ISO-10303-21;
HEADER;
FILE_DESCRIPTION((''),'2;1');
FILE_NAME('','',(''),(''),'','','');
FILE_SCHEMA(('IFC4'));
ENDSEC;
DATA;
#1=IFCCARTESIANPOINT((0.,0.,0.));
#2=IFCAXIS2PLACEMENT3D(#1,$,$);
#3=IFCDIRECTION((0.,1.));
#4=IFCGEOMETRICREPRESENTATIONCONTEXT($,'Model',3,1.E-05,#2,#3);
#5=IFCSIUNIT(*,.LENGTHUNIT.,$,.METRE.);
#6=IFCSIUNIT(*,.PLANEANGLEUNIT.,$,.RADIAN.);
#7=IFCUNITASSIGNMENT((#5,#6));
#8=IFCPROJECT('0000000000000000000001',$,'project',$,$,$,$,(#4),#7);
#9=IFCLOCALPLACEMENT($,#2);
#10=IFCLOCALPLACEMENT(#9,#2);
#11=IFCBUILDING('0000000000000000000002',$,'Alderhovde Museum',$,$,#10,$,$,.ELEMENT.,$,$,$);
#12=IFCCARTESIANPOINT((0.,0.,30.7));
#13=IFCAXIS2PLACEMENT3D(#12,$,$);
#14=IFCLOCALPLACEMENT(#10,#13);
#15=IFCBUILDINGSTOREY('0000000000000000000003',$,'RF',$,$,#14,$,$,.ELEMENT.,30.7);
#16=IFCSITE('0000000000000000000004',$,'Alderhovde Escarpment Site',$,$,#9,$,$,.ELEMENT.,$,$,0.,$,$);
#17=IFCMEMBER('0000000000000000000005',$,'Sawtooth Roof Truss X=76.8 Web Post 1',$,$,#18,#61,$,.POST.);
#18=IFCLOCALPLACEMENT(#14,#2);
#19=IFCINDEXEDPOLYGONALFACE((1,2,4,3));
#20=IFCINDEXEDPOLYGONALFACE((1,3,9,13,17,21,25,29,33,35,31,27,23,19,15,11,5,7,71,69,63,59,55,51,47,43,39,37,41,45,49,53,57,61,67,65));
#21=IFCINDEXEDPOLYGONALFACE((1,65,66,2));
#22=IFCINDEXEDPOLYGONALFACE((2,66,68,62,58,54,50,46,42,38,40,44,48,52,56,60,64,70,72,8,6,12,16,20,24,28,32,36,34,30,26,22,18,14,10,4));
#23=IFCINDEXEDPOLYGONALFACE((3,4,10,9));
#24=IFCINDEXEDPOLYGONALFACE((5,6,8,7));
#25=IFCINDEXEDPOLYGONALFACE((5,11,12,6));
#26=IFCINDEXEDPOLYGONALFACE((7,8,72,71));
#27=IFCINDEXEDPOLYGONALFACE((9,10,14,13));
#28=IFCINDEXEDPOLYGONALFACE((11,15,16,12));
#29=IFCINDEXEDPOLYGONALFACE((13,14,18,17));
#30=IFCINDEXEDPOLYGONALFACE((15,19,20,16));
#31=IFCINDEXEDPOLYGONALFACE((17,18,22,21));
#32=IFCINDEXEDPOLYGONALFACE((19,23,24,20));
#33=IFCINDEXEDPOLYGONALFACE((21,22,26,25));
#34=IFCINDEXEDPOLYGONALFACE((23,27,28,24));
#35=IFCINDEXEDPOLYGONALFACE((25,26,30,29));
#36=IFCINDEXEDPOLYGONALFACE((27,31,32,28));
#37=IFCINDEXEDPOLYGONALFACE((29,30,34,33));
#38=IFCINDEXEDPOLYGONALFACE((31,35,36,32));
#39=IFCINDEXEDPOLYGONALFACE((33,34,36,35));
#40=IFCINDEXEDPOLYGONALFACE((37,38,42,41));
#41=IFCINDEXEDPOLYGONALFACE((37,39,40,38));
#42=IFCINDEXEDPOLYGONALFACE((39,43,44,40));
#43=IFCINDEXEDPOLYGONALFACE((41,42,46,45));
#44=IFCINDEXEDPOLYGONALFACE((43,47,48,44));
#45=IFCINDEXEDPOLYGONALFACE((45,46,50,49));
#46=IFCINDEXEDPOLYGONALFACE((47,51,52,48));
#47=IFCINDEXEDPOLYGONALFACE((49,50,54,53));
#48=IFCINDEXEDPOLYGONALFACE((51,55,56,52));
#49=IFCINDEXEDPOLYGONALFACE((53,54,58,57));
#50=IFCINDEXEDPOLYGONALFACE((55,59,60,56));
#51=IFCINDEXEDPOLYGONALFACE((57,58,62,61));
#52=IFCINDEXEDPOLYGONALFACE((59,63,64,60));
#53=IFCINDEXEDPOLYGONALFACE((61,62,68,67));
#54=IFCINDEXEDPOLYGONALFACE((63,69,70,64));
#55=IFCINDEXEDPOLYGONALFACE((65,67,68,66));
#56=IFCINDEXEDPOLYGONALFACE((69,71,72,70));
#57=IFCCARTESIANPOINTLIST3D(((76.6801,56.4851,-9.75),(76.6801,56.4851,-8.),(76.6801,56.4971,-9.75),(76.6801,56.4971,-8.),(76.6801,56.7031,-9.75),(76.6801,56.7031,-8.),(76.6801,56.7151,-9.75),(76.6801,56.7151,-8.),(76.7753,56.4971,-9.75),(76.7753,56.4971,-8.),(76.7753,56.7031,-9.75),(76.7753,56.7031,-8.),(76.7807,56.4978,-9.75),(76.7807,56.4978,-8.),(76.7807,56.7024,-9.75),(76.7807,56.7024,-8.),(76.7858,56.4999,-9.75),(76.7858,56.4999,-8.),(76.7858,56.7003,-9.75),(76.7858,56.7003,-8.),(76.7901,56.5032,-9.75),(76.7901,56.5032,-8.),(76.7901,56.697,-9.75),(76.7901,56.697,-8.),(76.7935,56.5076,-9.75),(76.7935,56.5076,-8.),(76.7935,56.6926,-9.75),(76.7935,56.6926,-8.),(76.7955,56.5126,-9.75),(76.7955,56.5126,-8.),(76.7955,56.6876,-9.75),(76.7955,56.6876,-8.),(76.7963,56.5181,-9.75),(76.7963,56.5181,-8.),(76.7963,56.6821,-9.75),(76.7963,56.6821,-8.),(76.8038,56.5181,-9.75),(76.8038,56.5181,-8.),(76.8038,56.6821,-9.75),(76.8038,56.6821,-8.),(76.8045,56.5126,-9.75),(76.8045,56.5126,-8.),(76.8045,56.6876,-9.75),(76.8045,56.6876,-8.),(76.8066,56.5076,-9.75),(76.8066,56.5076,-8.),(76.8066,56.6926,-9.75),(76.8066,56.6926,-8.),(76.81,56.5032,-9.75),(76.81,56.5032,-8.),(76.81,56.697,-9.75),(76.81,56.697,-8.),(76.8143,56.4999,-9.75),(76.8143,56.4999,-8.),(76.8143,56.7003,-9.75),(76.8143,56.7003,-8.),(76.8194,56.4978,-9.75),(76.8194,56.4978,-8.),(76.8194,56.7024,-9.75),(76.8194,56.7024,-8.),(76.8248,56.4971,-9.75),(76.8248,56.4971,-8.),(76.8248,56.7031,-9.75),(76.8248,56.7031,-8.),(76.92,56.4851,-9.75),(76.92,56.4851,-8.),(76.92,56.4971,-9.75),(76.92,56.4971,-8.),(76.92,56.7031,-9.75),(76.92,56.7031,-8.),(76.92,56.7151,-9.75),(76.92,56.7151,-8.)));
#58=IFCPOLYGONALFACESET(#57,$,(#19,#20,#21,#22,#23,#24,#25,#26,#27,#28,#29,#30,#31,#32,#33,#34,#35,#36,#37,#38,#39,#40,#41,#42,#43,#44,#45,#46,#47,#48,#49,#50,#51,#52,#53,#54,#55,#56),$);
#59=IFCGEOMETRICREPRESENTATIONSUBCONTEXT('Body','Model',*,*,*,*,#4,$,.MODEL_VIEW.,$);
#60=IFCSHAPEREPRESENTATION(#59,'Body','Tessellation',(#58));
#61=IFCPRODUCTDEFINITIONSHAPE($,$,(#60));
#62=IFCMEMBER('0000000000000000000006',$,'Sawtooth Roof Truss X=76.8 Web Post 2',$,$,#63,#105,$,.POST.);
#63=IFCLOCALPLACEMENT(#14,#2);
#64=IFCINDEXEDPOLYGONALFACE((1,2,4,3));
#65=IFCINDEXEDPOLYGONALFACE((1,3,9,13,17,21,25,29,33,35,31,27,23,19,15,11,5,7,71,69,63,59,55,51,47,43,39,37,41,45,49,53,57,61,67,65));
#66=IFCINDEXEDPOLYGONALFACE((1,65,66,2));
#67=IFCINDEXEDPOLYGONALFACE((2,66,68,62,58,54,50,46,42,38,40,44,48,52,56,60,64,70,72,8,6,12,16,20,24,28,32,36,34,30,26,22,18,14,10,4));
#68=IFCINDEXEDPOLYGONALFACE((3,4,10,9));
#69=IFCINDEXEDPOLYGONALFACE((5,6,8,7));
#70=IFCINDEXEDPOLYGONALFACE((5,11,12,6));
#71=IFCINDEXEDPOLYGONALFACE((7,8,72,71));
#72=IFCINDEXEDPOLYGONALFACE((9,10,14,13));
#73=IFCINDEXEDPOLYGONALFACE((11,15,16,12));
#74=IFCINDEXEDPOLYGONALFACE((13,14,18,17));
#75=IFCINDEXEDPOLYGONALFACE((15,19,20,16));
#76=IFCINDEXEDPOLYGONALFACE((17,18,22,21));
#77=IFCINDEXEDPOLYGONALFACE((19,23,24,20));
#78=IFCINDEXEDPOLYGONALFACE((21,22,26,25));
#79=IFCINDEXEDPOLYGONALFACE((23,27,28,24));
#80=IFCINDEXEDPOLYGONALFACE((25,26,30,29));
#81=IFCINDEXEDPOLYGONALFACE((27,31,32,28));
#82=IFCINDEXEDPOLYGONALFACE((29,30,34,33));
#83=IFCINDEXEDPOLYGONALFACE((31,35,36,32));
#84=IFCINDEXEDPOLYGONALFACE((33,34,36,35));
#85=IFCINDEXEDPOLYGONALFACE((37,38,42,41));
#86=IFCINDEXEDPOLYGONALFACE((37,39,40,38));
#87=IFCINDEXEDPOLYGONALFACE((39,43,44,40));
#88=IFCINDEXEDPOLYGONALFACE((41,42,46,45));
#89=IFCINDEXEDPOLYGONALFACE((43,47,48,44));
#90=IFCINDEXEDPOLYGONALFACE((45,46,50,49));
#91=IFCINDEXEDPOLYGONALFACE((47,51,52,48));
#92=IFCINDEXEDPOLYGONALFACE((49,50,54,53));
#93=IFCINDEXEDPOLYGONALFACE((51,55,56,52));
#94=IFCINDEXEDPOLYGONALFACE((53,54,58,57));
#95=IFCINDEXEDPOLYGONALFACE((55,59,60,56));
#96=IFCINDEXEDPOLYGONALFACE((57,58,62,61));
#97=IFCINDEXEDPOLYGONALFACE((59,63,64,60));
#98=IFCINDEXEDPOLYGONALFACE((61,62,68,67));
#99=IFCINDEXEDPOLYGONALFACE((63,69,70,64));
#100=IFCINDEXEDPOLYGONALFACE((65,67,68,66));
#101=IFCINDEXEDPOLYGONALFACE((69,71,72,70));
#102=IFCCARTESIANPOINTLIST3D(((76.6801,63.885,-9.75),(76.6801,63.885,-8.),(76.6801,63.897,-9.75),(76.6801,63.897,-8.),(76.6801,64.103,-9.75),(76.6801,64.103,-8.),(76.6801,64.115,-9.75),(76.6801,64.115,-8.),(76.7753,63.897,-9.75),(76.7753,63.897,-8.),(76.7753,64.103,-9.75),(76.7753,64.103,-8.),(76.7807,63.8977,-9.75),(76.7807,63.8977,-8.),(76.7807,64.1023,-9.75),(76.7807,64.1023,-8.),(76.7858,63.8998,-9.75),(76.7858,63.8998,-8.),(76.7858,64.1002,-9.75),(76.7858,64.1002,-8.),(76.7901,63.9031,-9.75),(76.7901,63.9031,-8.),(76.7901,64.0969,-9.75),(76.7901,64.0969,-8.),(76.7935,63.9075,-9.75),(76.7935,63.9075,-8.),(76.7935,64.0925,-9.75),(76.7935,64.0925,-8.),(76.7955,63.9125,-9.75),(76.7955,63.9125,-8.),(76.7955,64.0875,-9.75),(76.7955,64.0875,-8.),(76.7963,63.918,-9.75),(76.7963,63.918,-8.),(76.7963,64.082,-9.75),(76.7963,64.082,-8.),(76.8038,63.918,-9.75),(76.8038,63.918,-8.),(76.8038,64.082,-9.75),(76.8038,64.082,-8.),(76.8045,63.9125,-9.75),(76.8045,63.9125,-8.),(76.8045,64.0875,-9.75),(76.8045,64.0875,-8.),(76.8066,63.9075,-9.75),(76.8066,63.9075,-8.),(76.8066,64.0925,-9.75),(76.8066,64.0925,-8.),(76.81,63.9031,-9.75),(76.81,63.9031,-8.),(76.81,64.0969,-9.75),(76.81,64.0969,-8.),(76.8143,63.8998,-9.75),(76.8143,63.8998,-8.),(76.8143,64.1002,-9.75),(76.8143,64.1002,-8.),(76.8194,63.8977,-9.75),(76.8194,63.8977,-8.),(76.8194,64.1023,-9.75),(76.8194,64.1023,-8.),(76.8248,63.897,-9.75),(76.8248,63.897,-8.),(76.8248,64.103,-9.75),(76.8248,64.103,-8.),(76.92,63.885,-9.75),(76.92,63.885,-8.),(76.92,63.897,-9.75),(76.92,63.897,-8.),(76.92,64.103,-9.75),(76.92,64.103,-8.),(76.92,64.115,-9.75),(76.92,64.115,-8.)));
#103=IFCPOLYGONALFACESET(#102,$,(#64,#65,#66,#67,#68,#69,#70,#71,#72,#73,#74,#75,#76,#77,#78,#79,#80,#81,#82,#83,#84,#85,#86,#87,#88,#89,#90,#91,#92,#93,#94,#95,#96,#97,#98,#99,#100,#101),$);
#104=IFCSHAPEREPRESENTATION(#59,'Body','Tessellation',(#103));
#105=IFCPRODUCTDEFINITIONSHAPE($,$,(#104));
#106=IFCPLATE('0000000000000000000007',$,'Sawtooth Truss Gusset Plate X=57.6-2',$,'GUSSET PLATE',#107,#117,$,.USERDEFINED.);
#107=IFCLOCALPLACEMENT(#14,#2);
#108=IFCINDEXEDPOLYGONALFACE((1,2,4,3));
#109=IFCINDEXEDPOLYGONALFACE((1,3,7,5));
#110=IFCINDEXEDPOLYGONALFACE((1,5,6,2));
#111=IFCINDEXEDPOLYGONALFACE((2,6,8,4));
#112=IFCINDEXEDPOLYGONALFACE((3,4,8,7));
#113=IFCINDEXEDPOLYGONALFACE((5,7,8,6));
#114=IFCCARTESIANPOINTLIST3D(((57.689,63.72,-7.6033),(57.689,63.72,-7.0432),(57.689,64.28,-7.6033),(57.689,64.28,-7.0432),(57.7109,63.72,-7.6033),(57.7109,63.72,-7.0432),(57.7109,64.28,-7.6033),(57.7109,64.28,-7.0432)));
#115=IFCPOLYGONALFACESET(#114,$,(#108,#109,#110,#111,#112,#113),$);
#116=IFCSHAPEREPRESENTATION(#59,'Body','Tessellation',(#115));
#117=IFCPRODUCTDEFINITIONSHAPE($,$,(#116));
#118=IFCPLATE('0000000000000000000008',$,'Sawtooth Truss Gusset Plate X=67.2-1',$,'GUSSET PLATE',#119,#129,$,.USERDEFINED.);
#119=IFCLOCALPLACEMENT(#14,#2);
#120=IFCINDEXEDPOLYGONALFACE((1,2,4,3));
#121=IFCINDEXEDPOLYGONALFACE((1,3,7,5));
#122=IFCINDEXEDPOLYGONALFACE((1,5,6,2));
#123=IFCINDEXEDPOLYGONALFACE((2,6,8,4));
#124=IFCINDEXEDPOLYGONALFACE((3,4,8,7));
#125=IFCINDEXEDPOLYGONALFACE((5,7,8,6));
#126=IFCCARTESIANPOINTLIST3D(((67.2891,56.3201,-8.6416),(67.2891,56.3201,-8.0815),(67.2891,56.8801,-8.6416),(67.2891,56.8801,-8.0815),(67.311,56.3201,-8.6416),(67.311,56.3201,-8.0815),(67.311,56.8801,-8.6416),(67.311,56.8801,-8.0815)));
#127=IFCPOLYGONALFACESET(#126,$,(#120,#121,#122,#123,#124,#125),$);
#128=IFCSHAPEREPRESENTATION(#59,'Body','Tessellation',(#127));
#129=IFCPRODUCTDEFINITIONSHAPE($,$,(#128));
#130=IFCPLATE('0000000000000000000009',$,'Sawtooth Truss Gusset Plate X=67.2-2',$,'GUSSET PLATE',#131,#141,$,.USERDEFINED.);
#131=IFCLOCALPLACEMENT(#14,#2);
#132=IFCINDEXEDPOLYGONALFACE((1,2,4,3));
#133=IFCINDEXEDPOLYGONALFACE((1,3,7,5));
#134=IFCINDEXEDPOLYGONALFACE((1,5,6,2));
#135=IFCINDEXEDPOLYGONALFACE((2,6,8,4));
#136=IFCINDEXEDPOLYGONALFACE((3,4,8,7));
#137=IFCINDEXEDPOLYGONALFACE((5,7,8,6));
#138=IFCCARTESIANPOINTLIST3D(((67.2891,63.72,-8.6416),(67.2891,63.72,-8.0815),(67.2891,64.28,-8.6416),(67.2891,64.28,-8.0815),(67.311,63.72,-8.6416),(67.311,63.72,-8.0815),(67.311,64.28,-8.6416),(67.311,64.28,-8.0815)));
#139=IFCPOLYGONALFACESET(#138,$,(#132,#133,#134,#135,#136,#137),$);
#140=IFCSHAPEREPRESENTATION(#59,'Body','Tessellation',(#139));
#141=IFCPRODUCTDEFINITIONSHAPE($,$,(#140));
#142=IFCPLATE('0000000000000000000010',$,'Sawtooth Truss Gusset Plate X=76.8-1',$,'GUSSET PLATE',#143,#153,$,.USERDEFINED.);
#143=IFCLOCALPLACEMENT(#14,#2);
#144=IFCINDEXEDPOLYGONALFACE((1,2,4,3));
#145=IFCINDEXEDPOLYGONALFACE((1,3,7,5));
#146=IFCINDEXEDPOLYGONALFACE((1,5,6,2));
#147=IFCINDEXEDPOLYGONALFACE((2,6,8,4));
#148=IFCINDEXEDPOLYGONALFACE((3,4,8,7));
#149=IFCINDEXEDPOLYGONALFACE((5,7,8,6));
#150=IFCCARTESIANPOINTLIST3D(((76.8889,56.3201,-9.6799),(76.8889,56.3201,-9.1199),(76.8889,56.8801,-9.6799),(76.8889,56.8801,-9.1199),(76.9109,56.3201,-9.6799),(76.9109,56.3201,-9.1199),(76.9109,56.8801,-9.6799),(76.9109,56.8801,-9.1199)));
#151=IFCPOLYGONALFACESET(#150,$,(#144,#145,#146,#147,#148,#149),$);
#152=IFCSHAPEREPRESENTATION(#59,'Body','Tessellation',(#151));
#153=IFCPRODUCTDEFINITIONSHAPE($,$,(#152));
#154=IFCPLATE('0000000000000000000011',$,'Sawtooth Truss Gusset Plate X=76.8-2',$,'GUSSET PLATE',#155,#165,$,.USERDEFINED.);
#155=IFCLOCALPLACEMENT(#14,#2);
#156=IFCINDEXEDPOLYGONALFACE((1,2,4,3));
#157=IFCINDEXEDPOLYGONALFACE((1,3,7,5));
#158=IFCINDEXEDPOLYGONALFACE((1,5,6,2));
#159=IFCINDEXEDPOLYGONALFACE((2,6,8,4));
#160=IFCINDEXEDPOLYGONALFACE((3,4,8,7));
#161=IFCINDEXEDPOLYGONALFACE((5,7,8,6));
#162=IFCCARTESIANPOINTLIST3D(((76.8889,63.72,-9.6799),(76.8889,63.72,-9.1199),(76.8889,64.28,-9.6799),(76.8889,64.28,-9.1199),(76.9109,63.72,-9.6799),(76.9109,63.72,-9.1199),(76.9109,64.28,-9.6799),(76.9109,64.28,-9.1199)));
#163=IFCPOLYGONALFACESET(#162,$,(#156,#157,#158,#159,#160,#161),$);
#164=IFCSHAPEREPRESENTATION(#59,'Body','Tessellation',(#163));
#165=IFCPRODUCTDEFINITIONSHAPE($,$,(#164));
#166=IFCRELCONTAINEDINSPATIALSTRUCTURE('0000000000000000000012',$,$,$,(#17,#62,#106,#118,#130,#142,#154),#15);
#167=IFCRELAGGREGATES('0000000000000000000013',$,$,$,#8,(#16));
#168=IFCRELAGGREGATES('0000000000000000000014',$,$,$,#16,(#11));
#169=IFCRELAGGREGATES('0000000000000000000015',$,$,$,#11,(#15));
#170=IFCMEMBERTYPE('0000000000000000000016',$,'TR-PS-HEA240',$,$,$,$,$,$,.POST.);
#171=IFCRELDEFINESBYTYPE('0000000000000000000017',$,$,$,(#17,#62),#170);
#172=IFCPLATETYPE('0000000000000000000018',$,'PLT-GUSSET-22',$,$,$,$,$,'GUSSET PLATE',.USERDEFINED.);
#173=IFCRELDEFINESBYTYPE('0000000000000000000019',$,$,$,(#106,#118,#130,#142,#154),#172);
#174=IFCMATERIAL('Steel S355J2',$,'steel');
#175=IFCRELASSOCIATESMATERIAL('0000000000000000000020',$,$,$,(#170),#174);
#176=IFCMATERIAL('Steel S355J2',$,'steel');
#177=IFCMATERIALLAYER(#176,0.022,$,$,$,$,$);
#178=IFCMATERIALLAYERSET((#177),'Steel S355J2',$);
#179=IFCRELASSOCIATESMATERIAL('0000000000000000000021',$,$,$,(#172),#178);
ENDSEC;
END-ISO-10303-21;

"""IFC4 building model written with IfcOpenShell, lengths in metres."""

from ifc_helpers import new_model, si_unit, direction, frame, origin, origin_2d, place, context, subcontext, project, spatial, rectangle, i_section, extrude, material, layer, layer_set, material_profile, profile_set, type_object, element, save


model = new_model("IFC4")

# Units and contexts
model_context = context("Model", 3, precision=1e-05, world=origin(), true_north=direction((0.0, 1.0)))
body_context = subcontext(model_context, "Body", "Model", "MODEL_VIEW")
ifc_project = project(units=[si_unit("LENGTHUNIT", "METRE"), si_unit("PLANEANGLEUNIT", "RADIAN")], contexts=[model_context])

# Site, building, storey
site_placement = place(None, origin())
site = spatial("IfcSite", under=ifc_project, at=site_placement, Name="Alderhovde Escarpment Site", CompositionType="ELEMENT", RefElevation=0.0)
building_placement = place(site_placement, origin())
building = spatial("IfcBuilding", under=site, at=building_placement, Name="Alderhovde Museum", CompositionType="ELEMENT")
storey_placement = place(building_placement, frame((0.0, 0.0, 30.7)))
storey = spatial("IfcBuildingStorey", under=building, at=storey_placement, Name="RF", CompositionType="ELEMENT", Elevation=30.7)

# Members
ifc_material_1 = material(Name="Steel S355J2", Category="steel")
ifc_material_profile_1 = material_profile(ifc_material_1, i_section(OverallWidth=0.24, OverallDepth=0.23, WebThickness=0.0076, FlangeThickness=0.012, FilletRadius=0.021, at=origin_2d()), Name="HEA 240")
ifc_profile_set_1 = profile_set([ifc_material_profile_1], Name="Steel S355J2")
member_type_1 = type_object("IfcMemberType", Name="TR-PS-HEA240", PredefinedType="POST", material=ifc_profile_set_1)
for number, where, z_axis, x_axis, name in (
    (1, (76.8, 56.6001, -9.75), (0.0, 0.0, 1.0), (1.0, 0.0, 0.0), "Sawtooth Roof Truss X=76.8 Web Post 1"),
    (2, (76.8, 64.0, -9.75), (0.0, 0.0, 1.0), (1.0, 0.0, 0.0), "Sawtooth Roof Truss X=76.8 Web Post 2"),
):
    element("IfcMember", number, at=place(storey_placement, frame(where, z_axis=z_axis, x_axis=x_axis)), inside=storey, type_object=member_type_1, Name=name, PredefinedType="POST", context=body_context, shape_type="SweptSolid", body=[
        extrude(i_section(OverallWidth=0.24, OverallDepth=0.23, WebThickness=0.0076, FlangeThickness=0.012, FilletRadius=0.021, at=origin_2d()), origin(), (0.0, 0.0, 1.0), 1.75),
    ])

# Plates
ifc_material_2 = material(Name="Steel S355J2", Category="steel")
ifc_layer_1 = layer(ifc_material_2, 0.022)
ifc_layer_set_1 = layer_set([ifc_layer_1], Name="Steel S355J2")
plate_type = type_object("IfcPlateType", Name="PLT-GUSSET-22", ElementType="GUSSET PLATE", PredefinedType="USERDEFINED", material=ifc_layer_set_1)
for number, where, z_axis, x_axis, name in (
    (3, (57.7, 64.0, -7.6033), (0.0, 0.0, 1.0), (1.0, 0.0, 0.0), "Sawtooth Truss Gusset Plate X=57.6-2"),
    (4, (67.3, 56.6001, -8.6416), (0.0, 0.0, 1.0), (1.0, 0.0, 0.0), "Sawtooth Truss Gusset Plate X=67.2-1"),
    (5, (67.3, 64.0, -8.6416), (0.0, 0.0, 1.0), (1.0, 0.0, 0.0), "Sawtooth Truss Gusset Plate X=67.2-2"),
    (6, (76.8999, 56.6001, -9.6799), (0.0, 0.0, 1.0), (1.0, 0.0, 0.0), "Sawtooth Truss Gusset Plate X=76.8-1"),
    (7, (76.8999, 64.0, -9.6799), (0.0, 0.0, 1.0), (1.0, 0.0, 0.0), "Sawtooth Truss Gusset Plate X=76.8-2"),
):
    element("IfcPlate", number, at=place(storey_placement, frame(where, z_axis=z_axis, x_axis=x_axis)), inside=storey, type_object=plate_type, Name=name, ObjectType="GUSSET PLATE", PredefinedType="USERDEFINED", context=body_context, shape_type="SweptSolid", body=[
        extrude(rectangle(XDim=0.022, YDim=0.5601, at=origin_2d()), origin(), (0.0, 0.0, 1.0), 0.5601),
    ])

save(model, "model.ifc")
